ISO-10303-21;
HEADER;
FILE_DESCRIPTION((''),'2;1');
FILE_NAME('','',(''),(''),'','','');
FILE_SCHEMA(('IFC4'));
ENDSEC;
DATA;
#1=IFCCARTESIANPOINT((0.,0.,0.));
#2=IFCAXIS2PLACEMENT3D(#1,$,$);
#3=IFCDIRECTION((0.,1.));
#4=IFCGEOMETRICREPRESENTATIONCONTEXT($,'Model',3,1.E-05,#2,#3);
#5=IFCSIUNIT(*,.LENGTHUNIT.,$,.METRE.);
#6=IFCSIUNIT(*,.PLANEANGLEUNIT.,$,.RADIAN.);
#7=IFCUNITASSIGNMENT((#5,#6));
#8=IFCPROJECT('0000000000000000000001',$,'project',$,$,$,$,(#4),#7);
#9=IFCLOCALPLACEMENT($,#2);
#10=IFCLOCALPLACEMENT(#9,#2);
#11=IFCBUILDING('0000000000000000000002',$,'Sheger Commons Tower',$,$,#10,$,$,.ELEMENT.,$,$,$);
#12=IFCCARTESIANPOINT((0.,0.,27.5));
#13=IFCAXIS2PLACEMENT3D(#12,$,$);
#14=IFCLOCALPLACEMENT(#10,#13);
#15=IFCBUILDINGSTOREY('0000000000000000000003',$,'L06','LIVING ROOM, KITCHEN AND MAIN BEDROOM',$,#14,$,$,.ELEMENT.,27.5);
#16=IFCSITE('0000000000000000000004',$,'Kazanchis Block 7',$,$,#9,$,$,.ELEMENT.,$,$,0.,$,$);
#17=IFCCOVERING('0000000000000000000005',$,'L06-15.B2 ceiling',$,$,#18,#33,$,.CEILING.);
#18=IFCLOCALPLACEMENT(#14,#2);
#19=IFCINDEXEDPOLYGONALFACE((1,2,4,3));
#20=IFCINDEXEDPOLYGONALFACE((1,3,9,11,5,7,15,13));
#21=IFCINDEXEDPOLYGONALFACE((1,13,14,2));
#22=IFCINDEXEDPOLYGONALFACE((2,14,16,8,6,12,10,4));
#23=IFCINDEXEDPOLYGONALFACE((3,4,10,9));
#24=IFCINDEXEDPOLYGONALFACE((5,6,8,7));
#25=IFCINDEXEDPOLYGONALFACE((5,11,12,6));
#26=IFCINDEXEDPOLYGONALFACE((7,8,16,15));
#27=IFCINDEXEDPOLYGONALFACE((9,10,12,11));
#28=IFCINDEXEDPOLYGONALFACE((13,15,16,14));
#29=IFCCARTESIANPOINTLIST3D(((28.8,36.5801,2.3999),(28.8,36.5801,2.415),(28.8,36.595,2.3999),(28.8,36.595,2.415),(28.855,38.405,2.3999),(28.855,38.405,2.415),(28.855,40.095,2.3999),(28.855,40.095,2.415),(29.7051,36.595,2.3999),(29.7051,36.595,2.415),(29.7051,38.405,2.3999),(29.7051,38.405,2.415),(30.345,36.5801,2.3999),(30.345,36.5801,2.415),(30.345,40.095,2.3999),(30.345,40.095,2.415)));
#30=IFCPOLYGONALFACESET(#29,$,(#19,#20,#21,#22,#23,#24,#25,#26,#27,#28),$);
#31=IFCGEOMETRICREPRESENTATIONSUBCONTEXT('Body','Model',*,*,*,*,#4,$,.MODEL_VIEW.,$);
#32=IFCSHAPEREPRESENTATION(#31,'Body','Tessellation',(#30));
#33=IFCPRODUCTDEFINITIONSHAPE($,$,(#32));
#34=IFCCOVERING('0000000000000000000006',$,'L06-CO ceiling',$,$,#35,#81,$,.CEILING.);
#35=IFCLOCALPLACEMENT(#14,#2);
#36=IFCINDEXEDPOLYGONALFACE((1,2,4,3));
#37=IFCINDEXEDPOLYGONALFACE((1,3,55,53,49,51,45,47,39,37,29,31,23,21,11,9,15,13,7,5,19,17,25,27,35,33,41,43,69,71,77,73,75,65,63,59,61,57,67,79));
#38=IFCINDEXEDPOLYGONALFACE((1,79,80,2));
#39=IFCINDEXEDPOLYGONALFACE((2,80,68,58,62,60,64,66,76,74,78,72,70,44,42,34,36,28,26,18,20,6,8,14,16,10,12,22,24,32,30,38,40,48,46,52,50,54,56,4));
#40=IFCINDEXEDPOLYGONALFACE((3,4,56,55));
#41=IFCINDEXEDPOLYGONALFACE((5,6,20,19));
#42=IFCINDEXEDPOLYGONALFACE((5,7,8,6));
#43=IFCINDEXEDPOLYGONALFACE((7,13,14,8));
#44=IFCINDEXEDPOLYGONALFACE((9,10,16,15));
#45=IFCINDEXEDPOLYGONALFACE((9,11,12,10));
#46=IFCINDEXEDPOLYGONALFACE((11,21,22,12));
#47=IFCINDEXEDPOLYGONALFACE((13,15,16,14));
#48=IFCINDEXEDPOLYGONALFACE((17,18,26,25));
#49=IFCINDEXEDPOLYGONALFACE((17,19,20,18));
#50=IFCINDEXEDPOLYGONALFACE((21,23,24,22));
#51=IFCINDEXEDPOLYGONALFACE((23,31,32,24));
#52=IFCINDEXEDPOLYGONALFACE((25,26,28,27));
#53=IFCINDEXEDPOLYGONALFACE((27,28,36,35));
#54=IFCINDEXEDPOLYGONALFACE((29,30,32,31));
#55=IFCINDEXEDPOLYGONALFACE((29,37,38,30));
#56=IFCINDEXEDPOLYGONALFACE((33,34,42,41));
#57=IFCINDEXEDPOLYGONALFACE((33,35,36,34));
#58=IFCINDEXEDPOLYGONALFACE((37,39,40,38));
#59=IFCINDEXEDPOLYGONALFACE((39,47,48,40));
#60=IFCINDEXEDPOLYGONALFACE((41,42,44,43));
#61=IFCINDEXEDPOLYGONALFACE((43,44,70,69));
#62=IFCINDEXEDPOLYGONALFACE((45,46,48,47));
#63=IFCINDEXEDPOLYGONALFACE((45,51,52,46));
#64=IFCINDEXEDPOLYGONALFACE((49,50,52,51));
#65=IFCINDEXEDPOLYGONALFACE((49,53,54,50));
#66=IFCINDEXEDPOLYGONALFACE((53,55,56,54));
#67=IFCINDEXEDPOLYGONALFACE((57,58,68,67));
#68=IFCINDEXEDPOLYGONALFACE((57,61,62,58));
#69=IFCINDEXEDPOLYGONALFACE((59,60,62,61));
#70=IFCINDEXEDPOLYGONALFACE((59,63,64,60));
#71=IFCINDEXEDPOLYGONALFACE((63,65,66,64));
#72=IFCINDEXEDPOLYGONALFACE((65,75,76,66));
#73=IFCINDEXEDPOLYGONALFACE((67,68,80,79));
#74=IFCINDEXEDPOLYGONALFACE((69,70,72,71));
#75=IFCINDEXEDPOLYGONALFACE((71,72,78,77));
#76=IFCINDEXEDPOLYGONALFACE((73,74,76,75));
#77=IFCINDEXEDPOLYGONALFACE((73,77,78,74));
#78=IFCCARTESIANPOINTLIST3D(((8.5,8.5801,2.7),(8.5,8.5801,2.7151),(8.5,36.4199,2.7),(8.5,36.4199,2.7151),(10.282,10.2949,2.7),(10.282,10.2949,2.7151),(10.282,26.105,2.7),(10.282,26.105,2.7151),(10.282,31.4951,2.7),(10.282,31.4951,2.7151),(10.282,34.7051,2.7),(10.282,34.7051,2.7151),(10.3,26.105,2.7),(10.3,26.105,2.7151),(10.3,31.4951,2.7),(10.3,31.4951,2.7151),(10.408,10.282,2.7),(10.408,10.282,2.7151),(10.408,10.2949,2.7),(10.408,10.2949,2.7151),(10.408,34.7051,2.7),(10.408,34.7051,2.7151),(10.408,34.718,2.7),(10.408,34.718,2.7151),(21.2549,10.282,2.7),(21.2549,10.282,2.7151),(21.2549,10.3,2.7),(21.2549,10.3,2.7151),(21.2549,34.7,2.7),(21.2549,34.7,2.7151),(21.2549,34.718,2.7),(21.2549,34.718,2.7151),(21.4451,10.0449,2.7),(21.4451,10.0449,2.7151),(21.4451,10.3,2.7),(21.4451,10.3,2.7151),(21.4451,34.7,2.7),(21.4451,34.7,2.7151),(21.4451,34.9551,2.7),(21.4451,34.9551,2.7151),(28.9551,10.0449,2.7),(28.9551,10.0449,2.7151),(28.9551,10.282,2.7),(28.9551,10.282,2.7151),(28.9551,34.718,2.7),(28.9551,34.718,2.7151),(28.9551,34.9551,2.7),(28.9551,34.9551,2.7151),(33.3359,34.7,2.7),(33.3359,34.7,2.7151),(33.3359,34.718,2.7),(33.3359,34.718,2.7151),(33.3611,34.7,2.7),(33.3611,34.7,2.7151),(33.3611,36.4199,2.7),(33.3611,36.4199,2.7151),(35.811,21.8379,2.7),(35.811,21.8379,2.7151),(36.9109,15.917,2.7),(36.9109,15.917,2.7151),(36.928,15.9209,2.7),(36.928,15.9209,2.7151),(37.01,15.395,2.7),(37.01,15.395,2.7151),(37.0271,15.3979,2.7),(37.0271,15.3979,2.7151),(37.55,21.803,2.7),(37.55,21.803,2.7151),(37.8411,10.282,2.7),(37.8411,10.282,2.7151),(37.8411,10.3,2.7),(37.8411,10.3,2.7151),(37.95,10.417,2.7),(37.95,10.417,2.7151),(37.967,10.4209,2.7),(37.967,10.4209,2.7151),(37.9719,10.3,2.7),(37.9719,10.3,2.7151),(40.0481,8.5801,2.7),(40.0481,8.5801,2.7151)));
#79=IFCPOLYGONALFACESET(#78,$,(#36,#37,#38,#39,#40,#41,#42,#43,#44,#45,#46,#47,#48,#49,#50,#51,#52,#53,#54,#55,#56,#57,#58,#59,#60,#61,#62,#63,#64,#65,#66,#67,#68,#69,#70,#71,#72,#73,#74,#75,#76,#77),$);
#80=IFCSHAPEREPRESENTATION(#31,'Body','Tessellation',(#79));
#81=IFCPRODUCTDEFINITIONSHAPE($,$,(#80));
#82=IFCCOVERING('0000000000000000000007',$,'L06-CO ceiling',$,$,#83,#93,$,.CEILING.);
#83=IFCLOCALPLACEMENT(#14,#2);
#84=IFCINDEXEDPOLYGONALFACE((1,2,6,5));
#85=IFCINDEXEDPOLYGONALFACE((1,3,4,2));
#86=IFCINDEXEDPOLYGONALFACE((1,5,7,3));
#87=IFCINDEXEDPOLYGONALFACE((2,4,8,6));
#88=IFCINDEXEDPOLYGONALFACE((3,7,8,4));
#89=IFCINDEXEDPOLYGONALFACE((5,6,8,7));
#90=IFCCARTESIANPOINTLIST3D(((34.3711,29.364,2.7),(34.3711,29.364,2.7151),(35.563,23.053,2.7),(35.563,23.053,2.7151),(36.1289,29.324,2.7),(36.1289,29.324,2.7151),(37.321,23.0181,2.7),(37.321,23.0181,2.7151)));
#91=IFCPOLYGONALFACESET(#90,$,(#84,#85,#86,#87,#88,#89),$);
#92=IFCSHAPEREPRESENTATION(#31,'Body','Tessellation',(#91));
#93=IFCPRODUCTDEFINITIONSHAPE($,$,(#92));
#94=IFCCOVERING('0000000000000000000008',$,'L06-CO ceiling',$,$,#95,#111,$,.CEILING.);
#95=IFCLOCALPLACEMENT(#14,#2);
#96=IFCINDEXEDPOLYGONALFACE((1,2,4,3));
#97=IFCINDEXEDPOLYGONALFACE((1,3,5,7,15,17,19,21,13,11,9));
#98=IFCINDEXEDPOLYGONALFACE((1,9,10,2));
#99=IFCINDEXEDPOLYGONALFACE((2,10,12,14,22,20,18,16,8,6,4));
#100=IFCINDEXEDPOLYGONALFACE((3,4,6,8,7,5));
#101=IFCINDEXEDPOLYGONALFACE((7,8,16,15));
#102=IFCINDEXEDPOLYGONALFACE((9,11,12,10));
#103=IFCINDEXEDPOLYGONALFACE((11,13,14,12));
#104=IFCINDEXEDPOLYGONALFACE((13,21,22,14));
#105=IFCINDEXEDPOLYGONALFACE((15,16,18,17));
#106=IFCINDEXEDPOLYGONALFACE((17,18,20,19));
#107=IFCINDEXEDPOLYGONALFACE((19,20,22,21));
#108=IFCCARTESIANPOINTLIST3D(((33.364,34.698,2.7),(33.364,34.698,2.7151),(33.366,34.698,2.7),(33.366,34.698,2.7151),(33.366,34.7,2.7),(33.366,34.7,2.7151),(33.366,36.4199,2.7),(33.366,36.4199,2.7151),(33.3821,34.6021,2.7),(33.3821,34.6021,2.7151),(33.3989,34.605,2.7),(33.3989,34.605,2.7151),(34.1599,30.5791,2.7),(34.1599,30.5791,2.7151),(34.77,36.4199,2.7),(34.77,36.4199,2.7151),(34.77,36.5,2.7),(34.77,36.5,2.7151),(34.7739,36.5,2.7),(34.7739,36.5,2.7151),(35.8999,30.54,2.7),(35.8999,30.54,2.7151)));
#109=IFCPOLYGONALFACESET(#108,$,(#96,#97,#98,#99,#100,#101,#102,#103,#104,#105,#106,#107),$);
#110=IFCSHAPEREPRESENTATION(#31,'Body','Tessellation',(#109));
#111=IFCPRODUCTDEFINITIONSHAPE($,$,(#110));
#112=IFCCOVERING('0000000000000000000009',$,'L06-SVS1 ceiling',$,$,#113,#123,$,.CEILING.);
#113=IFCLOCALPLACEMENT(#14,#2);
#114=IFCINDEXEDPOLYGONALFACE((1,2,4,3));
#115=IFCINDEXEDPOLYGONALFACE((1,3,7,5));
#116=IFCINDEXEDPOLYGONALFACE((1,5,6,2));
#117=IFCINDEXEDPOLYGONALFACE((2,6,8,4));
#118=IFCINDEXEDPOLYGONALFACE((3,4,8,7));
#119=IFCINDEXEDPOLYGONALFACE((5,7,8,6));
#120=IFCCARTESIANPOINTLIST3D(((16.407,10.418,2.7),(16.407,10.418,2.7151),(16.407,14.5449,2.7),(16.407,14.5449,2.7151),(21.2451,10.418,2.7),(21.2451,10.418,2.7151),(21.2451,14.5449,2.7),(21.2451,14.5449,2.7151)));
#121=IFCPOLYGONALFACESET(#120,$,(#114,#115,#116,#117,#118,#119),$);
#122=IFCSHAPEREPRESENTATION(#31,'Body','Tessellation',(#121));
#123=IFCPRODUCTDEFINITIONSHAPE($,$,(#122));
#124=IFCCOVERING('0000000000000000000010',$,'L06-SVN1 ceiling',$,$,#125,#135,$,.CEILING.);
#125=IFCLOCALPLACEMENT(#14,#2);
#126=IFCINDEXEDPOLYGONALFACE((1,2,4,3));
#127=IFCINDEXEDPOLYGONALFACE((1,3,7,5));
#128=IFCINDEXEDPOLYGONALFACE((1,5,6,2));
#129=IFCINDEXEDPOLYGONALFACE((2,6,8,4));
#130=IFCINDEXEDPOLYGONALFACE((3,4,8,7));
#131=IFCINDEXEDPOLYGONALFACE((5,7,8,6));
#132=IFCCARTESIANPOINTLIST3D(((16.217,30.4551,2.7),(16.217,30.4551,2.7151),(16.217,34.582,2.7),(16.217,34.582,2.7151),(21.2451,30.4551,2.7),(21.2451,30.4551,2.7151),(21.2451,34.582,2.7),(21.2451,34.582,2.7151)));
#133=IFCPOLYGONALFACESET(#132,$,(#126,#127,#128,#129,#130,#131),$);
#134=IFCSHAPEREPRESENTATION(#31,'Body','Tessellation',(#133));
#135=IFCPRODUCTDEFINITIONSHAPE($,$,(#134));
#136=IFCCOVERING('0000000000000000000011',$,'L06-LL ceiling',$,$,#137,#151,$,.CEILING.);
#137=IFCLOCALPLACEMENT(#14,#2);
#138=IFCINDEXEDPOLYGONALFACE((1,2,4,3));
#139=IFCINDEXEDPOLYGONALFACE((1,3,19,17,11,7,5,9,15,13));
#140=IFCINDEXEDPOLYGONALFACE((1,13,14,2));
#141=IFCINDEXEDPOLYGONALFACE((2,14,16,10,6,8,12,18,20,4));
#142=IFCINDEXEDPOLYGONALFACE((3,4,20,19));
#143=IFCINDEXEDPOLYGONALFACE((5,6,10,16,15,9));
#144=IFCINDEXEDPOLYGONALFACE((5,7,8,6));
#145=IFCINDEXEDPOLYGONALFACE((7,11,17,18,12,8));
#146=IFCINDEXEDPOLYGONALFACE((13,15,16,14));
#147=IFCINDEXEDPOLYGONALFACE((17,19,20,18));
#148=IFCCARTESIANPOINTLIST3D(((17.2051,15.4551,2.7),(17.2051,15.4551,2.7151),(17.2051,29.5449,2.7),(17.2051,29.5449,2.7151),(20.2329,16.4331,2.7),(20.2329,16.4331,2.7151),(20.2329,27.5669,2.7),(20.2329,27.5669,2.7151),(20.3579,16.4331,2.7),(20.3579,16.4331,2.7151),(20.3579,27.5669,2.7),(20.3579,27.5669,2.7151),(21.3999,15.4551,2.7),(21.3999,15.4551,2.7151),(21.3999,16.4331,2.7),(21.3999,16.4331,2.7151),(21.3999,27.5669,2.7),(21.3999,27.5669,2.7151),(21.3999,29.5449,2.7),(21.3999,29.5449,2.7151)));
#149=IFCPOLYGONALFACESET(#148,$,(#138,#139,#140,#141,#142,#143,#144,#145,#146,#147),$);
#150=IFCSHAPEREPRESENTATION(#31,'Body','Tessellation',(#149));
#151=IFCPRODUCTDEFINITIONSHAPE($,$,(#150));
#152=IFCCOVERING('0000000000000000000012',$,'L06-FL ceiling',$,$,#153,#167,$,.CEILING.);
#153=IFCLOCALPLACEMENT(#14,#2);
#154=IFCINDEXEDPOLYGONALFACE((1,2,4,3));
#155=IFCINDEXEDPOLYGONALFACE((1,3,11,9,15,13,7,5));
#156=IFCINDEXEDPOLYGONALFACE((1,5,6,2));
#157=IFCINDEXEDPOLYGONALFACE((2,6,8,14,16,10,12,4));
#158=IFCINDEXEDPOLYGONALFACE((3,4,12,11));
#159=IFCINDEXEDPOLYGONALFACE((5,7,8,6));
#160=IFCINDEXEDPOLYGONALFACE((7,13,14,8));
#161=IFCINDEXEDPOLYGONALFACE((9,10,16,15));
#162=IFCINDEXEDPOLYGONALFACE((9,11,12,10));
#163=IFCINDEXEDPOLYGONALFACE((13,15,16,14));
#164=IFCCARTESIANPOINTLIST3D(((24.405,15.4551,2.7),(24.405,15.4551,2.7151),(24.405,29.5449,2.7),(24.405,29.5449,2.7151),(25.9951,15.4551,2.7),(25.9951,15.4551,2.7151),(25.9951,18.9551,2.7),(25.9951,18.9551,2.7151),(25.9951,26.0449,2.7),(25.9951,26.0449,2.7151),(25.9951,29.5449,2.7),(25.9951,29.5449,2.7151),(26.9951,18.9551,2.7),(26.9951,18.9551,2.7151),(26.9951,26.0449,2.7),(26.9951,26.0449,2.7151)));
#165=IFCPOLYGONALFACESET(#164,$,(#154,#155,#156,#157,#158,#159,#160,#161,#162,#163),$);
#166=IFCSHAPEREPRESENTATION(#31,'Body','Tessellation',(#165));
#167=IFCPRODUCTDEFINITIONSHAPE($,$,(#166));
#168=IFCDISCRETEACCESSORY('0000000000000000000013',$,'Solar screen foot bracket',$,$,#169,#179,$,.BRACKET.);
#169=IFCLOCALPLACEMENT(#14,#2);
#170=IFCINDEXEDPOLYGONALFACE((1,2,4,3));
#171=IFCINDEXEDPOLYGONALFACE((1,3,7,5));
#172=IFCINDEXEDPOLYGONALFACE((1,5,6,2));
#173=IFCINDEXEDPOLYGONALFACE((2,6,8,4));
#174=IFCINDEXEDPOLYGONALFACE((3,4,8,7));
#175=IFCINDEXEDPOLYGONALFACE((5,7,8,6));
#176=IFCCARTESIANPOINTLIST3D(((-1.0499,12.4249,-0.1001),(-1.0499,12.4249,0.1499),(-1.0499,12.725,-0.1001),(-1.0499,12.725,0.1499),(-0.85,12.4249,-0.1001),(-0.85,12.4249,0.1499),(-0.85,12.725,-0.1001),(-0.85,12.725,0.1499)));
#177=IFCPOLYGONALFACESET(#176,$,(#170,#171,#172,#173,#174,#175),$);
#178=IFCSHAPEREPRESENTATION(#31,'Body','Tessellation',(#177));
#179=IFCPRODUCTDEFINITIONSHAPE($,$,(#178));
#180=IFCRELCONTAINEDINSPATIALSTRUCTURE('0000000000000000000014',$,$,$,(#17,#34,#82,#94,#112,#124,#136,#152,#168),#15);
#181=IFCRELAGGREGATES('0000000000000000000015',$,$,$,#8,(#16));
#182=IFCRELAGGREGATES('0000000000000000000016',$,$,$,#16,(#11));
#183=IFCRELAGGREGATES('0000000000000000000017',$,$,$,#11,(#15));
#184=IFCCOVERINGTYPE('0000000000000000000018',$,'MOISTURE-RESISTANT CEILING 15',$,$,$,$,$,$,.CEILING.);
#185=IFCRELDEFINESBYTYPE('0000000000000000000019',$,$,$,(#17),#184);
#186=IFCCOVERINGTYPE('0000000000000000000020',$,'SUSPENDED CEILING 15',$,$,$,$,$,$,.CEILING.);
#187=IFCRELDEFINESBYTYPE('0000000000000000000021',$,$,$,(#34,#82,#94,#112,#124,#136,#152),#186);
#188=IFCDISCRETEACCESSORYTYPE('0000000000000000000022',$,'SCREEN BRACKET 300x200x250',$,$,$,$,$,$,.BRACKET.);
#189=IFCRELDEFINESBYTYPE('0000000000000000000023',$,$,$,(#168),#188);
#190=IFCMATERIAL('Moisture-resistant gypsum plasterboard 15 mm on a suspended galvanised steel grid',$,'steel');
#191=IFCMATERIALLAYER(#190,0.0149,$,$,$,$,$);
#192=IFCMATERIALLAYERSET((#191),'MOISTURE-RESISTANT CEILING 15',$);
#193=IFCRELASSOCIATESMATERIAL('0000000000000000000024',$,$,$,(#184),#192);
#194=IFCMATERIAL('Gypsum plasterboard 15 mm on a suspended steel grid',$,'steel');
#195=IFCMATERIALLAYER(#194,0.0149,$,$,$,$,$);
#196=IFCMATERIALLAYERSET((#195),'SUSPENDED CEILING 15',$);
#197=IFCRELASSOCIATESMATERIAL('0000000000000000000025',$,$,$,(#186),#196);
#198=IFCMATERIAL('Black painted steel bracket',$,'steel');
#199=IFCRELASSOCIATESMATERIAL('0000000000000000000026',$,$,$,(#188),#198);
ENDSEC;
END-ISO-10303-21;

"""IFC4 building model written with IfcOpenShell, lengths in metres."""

from ifc_helpers import new_model, si_unit, direction, frame, origin, origin_2d, place, context, subcontext, project, spatial, polyline, rectangle, outline, extrude, material, layer, layer_set, type_object, element, save


model = new_model("IFC4")

# Units and contexts
model_context = context("Model", 3, precision=1e-05, world=origin(), true_north=direction((0.0, 1.0)))
body_context = subcontext(model_context, "Body", "Model", "MODEL_VIEW")
ifc_project = project(units=[si_unit("LENGTHUNIT", "METRE"), si_unit("PLANEANGLEUNIT", "RADIAN")], contexts=[model_context])

# Site, building, storey
site_placement = place(None, origin())
site = spatial("IfcSite", under=ifc_project, at=site_placement, Name="Kazanchis Block 7", CompositionType="ELEMENT", RefElevation=0.0)
building_placement = place(site_placement, origin())
building = spatial("IfcBuilding", under=site, at=building_placement, Name="Sheger Commons Tower", CompositionType="ELEMENT")
storey_placement = place(building_placement, frame((0.0, 0.0, 27.5)))
storey = spatial("IfcBuildingStorey", under=building, at=storey_placement, Name="L06", Description="LIVING ROOM, KITCHEN AND MAIN BEDROOM", CompositionType="ELEMENT", Elevation=27.5)

# Coverings
ifc_material_1 = material(Name="Moisture-resistant gypsum plasterboard 15 mm on a suspended galvanised steel grid", Category="steel")
ifc_layer_1 = layer(ifc_material_1, 0.0149)
ifc_layer_set_1 = layer_set([ifc_layer_1], Name="MOISTURE-RESISTANT CEILING 15")
covering_type_1 = type_object("IfcCoveringType", Name="MOISTURE-RESISTANT CEILING 15", PredefinedType="CEILING", material=ifc_layer_set_1)
covering_1_placement = place(storey_placement, frame((0.0, 0.0, 2.3999)))
element("IfcCovering", 1, at=covering_1_placement, inside=storey, type_object=covering_type_1, Name="L06-15.B2 ceiling", PredefinedType="CEILING", context=body_context, shape_type="SweptSolid", body=[
    extrude(outline(polyline([(28.8, 36.5801), (30.345, 36.5801), (30.345, 40.095), (28.855, 40.095), (28.855, 38.405), (29.7051, 38.405), (29.7051, 36.595), (28.8, 36.595), (28.8, 36.5801)])), origin(), (0.0, 0.0, 1.0), 0.0151),
])
ifc_material_2 = material(Name="Gypsum plasterboard 15 mm on a suspended steel grid", Category="steel")
ifc_layer_2 = layer(ifc_material_2, 0.0149)
ifc_layer_set_2 = layer_set([ifc_layer_2], Name="SUSPENDED CEILING 15")
covering_type_2 = type_object("IfcCoveringType", Name="SUSPENDED CEILING 15", PredefinedType="CEILING", material=ifc_layer_set_2)
covering_2_placement = place(storey_placement, frame((0.0, 0.0, 2.7)))
element("IfcCovering", 2, at=covering_2_placement, inside=storey, type_object=covering_type_2, Name="L06-CO ceiling", PredefinedType="CEILING", context=body_context, shape_type="SweptSolid", body=[
    extrude(outline(polyline([(8.5, 8.5801), (40.0481, 8.5801), (37.55, 21.803), (35.811, 21.8379), (36.928, 15.9209), (36.9109, 15.917), (37.01, 15.395), (37.0271, 15.3979), (37.967, 10.4209), (37.95, 10.417), (37.9719, 10.3), (37.8411, 10.3), (37.8411, 10.282), (28.9551, 10.282), (28.9551, 10.0449), (21.4451, 10.0449), (21.4451, 10.3), (21.2549, 10.3), (21.2549, 10.282), (10.408, 10.282), (10.408, 10.2949), (10.282, 10.2949), (10.282, 26.105), (10.3, 26.105), (10.3, 31.4951), (10.282, 31.4951), (10.282, 34.7051), (10.408, 34.7051), (10.408, 34.718), (21.2549, 34.718), (21.2549, 34.7), (21.4451, 34.7), (21.4451, 34.9551), (28.9551, 34.9551), (28.9551, 34.718), (33.3359, 34.718), (33.3359, 34.7), (33.3611, 34.7), (33.3611, 36.4199), (8.5, 36.4199), (8.5, 8.5801)])), origin(), (0.0, 0.0, 1.0), 0.0151),
])
covering_3_placement = place(storey_placement, frame((0.0, 0.0, 2.7)))
element("IfcCovering", 3, at=covering_3_placement, inside=storey, type_object=covering_type_2, Name="L06-CO ceiling", PredefinedType="CEILING", context=body_context, shape_type="SweptSolid", body=[
    extrude(outline(polyline([(37.321, 23.0181), (36.1289, 29.324), (34.3711, 29.364), (35.563, 23.053), (37.321, 23.0181)])), origin(), (0.0, 0.0, 1.0), 0.0151),
])
covering_4_placement = place(storey_placement, frame((0.0, 0.0, 2.7)))
element("IfcCovering", 4, at=covering_4_placement, inside=storey, type_object=covering_type_2, Name="L06-CO ceiling", PredefinedType="CEILING", context=body_context, shape_type="SweptSolid", body=[
    extrude(outline(polyline([(35.8999, 30.54), (34.7739, 36.5), (34.77, 36.5), (34.77, 36.4199), (33.366, 36.4199), (33.366, 34.7), (33.366, 34.698), (33.364, 34.698), (33.3821, 34.6021), (33.3989, 34.605), (34.1599, 30.5791), (35.8999, 30.54)])), origin(), (0.0, 0.0, 1.0), 0.0151),
])
covering_5_placement = place(storey_placement, frame((0.0, 0.0, 2.7)))
element("IfcCovering", 5, at=covering_5_placement, inside=storey, type_object=covering_type_2, Name="L06-SVS1 ceiling", PredefinedType="CEILING", context=body_context, shape_type="SweptSolid", body=[
    extrude(outline(polyline([(16.407, 10.418), (21.2451, 10.418), (21.2451, 14.5449), (16.407, 14.5449), (16.407, 10.418)])), origin(), (0.0, 0.0, 1.0), 0.0151),
])
covering_6_placement = place(storey_placement, frame((0.0, 0.0, 2.7)))
element("IfcCovering", 6, at=covering_6_placement, inside=storey, type_object=covering_type_2, Name="L06-SVN1 ceiling", PredefinedType="CEILING", context=body_context, shape_type="SweptSolid", body=[
    extrude(outline(polyline([(16.217, 30.4551), (21.2451, 30.4551), (21.2451, 34.582), (16.217, 34.582), (16.217, 30.4551)])), origin(), (0.0, 0.0, 1.0), 0.0151),
])
covering_7_placement = place(storey_placement, frame((0.0, 0.0, 2.7)))
element("IfcCovering", 7, at=covering_7_placement, inside=storey, type_object=covering_type_2, Name="L06-LL ceiling", PredefinedType="CEILING", context=body_context, shape_type="SweptSolid", body=[
    extrude(outline(polyline([(17.2051, 15.4551), (21.3999, 15.4551), (21.3999, 16.4331), (20.3579, 16.4331), (20.2329, 16.4331), (20.2329, 27.5669), (20.3579, 27.5669), (21.3999, 27.5669), (21.3999, 29.5449), (17.2051, 29.5449), (17.2051, 15.4551)])), origin(), (0.0, 0.0, 1.0), 0.0151),
])
covering_8_placement = place(storey_placement, frame((0.0, 0.0, 2.7)))
element("IfcCovering", 8, at=covering_8_placement, inside=storey, type_object=covering_type_2, Name="L06-FL ceiling", PredefinedType="CEILING", context=body_context, shape_type="SweptSolid", body=[
    extrude(outline(polyline([(24.405, 15.4551), (25.9951, 15.4551), (25.9951, 18.9551), (26.9951, 18.9551), (26.9951, 26.0449), (25.9951, 26.0449), (25.9951, 29.5449), (24.405, 29.5449), (24.405, 15.4551)])), origin(), (0.0, 0.0, 1.0), 0.0151),
])

# Discrete accessory
ifc_material_3 = material(Name="Black painted steel bracket", Category="steel")
discrete_accessory_type = type_object("IfcDiscreteAccessoryType", Name="SCREEN BRACKET 300x200x250", PredefinedType="BRACKET", material=ifc_material_3)
for number, where, z_axis, x_axis, name in (
    (9, (-0.95, 12.575, -0.1001), (0.0, 0.0, 1.0), (0.0, -1.0, 0.0), "Solar screen foot bracket"),
):
    element("IfcDiscreteAccessory", number, at=place(storey_placement, frame(where, z_axis=z_axis, x_axis=x_axis)), inside=storey, type_object=discrete_accessory_type, Name=name, PredefinedType="BRACKET", context=body_context, shape_type="SweptSolid", body=[
        extrude(rectangle(XDim=0.3, YDim=0.2, at=origin_2d()), origin(), (0.0, 0.0, 1.0), 0.25),
    ])

save(model, "model.ifc")
